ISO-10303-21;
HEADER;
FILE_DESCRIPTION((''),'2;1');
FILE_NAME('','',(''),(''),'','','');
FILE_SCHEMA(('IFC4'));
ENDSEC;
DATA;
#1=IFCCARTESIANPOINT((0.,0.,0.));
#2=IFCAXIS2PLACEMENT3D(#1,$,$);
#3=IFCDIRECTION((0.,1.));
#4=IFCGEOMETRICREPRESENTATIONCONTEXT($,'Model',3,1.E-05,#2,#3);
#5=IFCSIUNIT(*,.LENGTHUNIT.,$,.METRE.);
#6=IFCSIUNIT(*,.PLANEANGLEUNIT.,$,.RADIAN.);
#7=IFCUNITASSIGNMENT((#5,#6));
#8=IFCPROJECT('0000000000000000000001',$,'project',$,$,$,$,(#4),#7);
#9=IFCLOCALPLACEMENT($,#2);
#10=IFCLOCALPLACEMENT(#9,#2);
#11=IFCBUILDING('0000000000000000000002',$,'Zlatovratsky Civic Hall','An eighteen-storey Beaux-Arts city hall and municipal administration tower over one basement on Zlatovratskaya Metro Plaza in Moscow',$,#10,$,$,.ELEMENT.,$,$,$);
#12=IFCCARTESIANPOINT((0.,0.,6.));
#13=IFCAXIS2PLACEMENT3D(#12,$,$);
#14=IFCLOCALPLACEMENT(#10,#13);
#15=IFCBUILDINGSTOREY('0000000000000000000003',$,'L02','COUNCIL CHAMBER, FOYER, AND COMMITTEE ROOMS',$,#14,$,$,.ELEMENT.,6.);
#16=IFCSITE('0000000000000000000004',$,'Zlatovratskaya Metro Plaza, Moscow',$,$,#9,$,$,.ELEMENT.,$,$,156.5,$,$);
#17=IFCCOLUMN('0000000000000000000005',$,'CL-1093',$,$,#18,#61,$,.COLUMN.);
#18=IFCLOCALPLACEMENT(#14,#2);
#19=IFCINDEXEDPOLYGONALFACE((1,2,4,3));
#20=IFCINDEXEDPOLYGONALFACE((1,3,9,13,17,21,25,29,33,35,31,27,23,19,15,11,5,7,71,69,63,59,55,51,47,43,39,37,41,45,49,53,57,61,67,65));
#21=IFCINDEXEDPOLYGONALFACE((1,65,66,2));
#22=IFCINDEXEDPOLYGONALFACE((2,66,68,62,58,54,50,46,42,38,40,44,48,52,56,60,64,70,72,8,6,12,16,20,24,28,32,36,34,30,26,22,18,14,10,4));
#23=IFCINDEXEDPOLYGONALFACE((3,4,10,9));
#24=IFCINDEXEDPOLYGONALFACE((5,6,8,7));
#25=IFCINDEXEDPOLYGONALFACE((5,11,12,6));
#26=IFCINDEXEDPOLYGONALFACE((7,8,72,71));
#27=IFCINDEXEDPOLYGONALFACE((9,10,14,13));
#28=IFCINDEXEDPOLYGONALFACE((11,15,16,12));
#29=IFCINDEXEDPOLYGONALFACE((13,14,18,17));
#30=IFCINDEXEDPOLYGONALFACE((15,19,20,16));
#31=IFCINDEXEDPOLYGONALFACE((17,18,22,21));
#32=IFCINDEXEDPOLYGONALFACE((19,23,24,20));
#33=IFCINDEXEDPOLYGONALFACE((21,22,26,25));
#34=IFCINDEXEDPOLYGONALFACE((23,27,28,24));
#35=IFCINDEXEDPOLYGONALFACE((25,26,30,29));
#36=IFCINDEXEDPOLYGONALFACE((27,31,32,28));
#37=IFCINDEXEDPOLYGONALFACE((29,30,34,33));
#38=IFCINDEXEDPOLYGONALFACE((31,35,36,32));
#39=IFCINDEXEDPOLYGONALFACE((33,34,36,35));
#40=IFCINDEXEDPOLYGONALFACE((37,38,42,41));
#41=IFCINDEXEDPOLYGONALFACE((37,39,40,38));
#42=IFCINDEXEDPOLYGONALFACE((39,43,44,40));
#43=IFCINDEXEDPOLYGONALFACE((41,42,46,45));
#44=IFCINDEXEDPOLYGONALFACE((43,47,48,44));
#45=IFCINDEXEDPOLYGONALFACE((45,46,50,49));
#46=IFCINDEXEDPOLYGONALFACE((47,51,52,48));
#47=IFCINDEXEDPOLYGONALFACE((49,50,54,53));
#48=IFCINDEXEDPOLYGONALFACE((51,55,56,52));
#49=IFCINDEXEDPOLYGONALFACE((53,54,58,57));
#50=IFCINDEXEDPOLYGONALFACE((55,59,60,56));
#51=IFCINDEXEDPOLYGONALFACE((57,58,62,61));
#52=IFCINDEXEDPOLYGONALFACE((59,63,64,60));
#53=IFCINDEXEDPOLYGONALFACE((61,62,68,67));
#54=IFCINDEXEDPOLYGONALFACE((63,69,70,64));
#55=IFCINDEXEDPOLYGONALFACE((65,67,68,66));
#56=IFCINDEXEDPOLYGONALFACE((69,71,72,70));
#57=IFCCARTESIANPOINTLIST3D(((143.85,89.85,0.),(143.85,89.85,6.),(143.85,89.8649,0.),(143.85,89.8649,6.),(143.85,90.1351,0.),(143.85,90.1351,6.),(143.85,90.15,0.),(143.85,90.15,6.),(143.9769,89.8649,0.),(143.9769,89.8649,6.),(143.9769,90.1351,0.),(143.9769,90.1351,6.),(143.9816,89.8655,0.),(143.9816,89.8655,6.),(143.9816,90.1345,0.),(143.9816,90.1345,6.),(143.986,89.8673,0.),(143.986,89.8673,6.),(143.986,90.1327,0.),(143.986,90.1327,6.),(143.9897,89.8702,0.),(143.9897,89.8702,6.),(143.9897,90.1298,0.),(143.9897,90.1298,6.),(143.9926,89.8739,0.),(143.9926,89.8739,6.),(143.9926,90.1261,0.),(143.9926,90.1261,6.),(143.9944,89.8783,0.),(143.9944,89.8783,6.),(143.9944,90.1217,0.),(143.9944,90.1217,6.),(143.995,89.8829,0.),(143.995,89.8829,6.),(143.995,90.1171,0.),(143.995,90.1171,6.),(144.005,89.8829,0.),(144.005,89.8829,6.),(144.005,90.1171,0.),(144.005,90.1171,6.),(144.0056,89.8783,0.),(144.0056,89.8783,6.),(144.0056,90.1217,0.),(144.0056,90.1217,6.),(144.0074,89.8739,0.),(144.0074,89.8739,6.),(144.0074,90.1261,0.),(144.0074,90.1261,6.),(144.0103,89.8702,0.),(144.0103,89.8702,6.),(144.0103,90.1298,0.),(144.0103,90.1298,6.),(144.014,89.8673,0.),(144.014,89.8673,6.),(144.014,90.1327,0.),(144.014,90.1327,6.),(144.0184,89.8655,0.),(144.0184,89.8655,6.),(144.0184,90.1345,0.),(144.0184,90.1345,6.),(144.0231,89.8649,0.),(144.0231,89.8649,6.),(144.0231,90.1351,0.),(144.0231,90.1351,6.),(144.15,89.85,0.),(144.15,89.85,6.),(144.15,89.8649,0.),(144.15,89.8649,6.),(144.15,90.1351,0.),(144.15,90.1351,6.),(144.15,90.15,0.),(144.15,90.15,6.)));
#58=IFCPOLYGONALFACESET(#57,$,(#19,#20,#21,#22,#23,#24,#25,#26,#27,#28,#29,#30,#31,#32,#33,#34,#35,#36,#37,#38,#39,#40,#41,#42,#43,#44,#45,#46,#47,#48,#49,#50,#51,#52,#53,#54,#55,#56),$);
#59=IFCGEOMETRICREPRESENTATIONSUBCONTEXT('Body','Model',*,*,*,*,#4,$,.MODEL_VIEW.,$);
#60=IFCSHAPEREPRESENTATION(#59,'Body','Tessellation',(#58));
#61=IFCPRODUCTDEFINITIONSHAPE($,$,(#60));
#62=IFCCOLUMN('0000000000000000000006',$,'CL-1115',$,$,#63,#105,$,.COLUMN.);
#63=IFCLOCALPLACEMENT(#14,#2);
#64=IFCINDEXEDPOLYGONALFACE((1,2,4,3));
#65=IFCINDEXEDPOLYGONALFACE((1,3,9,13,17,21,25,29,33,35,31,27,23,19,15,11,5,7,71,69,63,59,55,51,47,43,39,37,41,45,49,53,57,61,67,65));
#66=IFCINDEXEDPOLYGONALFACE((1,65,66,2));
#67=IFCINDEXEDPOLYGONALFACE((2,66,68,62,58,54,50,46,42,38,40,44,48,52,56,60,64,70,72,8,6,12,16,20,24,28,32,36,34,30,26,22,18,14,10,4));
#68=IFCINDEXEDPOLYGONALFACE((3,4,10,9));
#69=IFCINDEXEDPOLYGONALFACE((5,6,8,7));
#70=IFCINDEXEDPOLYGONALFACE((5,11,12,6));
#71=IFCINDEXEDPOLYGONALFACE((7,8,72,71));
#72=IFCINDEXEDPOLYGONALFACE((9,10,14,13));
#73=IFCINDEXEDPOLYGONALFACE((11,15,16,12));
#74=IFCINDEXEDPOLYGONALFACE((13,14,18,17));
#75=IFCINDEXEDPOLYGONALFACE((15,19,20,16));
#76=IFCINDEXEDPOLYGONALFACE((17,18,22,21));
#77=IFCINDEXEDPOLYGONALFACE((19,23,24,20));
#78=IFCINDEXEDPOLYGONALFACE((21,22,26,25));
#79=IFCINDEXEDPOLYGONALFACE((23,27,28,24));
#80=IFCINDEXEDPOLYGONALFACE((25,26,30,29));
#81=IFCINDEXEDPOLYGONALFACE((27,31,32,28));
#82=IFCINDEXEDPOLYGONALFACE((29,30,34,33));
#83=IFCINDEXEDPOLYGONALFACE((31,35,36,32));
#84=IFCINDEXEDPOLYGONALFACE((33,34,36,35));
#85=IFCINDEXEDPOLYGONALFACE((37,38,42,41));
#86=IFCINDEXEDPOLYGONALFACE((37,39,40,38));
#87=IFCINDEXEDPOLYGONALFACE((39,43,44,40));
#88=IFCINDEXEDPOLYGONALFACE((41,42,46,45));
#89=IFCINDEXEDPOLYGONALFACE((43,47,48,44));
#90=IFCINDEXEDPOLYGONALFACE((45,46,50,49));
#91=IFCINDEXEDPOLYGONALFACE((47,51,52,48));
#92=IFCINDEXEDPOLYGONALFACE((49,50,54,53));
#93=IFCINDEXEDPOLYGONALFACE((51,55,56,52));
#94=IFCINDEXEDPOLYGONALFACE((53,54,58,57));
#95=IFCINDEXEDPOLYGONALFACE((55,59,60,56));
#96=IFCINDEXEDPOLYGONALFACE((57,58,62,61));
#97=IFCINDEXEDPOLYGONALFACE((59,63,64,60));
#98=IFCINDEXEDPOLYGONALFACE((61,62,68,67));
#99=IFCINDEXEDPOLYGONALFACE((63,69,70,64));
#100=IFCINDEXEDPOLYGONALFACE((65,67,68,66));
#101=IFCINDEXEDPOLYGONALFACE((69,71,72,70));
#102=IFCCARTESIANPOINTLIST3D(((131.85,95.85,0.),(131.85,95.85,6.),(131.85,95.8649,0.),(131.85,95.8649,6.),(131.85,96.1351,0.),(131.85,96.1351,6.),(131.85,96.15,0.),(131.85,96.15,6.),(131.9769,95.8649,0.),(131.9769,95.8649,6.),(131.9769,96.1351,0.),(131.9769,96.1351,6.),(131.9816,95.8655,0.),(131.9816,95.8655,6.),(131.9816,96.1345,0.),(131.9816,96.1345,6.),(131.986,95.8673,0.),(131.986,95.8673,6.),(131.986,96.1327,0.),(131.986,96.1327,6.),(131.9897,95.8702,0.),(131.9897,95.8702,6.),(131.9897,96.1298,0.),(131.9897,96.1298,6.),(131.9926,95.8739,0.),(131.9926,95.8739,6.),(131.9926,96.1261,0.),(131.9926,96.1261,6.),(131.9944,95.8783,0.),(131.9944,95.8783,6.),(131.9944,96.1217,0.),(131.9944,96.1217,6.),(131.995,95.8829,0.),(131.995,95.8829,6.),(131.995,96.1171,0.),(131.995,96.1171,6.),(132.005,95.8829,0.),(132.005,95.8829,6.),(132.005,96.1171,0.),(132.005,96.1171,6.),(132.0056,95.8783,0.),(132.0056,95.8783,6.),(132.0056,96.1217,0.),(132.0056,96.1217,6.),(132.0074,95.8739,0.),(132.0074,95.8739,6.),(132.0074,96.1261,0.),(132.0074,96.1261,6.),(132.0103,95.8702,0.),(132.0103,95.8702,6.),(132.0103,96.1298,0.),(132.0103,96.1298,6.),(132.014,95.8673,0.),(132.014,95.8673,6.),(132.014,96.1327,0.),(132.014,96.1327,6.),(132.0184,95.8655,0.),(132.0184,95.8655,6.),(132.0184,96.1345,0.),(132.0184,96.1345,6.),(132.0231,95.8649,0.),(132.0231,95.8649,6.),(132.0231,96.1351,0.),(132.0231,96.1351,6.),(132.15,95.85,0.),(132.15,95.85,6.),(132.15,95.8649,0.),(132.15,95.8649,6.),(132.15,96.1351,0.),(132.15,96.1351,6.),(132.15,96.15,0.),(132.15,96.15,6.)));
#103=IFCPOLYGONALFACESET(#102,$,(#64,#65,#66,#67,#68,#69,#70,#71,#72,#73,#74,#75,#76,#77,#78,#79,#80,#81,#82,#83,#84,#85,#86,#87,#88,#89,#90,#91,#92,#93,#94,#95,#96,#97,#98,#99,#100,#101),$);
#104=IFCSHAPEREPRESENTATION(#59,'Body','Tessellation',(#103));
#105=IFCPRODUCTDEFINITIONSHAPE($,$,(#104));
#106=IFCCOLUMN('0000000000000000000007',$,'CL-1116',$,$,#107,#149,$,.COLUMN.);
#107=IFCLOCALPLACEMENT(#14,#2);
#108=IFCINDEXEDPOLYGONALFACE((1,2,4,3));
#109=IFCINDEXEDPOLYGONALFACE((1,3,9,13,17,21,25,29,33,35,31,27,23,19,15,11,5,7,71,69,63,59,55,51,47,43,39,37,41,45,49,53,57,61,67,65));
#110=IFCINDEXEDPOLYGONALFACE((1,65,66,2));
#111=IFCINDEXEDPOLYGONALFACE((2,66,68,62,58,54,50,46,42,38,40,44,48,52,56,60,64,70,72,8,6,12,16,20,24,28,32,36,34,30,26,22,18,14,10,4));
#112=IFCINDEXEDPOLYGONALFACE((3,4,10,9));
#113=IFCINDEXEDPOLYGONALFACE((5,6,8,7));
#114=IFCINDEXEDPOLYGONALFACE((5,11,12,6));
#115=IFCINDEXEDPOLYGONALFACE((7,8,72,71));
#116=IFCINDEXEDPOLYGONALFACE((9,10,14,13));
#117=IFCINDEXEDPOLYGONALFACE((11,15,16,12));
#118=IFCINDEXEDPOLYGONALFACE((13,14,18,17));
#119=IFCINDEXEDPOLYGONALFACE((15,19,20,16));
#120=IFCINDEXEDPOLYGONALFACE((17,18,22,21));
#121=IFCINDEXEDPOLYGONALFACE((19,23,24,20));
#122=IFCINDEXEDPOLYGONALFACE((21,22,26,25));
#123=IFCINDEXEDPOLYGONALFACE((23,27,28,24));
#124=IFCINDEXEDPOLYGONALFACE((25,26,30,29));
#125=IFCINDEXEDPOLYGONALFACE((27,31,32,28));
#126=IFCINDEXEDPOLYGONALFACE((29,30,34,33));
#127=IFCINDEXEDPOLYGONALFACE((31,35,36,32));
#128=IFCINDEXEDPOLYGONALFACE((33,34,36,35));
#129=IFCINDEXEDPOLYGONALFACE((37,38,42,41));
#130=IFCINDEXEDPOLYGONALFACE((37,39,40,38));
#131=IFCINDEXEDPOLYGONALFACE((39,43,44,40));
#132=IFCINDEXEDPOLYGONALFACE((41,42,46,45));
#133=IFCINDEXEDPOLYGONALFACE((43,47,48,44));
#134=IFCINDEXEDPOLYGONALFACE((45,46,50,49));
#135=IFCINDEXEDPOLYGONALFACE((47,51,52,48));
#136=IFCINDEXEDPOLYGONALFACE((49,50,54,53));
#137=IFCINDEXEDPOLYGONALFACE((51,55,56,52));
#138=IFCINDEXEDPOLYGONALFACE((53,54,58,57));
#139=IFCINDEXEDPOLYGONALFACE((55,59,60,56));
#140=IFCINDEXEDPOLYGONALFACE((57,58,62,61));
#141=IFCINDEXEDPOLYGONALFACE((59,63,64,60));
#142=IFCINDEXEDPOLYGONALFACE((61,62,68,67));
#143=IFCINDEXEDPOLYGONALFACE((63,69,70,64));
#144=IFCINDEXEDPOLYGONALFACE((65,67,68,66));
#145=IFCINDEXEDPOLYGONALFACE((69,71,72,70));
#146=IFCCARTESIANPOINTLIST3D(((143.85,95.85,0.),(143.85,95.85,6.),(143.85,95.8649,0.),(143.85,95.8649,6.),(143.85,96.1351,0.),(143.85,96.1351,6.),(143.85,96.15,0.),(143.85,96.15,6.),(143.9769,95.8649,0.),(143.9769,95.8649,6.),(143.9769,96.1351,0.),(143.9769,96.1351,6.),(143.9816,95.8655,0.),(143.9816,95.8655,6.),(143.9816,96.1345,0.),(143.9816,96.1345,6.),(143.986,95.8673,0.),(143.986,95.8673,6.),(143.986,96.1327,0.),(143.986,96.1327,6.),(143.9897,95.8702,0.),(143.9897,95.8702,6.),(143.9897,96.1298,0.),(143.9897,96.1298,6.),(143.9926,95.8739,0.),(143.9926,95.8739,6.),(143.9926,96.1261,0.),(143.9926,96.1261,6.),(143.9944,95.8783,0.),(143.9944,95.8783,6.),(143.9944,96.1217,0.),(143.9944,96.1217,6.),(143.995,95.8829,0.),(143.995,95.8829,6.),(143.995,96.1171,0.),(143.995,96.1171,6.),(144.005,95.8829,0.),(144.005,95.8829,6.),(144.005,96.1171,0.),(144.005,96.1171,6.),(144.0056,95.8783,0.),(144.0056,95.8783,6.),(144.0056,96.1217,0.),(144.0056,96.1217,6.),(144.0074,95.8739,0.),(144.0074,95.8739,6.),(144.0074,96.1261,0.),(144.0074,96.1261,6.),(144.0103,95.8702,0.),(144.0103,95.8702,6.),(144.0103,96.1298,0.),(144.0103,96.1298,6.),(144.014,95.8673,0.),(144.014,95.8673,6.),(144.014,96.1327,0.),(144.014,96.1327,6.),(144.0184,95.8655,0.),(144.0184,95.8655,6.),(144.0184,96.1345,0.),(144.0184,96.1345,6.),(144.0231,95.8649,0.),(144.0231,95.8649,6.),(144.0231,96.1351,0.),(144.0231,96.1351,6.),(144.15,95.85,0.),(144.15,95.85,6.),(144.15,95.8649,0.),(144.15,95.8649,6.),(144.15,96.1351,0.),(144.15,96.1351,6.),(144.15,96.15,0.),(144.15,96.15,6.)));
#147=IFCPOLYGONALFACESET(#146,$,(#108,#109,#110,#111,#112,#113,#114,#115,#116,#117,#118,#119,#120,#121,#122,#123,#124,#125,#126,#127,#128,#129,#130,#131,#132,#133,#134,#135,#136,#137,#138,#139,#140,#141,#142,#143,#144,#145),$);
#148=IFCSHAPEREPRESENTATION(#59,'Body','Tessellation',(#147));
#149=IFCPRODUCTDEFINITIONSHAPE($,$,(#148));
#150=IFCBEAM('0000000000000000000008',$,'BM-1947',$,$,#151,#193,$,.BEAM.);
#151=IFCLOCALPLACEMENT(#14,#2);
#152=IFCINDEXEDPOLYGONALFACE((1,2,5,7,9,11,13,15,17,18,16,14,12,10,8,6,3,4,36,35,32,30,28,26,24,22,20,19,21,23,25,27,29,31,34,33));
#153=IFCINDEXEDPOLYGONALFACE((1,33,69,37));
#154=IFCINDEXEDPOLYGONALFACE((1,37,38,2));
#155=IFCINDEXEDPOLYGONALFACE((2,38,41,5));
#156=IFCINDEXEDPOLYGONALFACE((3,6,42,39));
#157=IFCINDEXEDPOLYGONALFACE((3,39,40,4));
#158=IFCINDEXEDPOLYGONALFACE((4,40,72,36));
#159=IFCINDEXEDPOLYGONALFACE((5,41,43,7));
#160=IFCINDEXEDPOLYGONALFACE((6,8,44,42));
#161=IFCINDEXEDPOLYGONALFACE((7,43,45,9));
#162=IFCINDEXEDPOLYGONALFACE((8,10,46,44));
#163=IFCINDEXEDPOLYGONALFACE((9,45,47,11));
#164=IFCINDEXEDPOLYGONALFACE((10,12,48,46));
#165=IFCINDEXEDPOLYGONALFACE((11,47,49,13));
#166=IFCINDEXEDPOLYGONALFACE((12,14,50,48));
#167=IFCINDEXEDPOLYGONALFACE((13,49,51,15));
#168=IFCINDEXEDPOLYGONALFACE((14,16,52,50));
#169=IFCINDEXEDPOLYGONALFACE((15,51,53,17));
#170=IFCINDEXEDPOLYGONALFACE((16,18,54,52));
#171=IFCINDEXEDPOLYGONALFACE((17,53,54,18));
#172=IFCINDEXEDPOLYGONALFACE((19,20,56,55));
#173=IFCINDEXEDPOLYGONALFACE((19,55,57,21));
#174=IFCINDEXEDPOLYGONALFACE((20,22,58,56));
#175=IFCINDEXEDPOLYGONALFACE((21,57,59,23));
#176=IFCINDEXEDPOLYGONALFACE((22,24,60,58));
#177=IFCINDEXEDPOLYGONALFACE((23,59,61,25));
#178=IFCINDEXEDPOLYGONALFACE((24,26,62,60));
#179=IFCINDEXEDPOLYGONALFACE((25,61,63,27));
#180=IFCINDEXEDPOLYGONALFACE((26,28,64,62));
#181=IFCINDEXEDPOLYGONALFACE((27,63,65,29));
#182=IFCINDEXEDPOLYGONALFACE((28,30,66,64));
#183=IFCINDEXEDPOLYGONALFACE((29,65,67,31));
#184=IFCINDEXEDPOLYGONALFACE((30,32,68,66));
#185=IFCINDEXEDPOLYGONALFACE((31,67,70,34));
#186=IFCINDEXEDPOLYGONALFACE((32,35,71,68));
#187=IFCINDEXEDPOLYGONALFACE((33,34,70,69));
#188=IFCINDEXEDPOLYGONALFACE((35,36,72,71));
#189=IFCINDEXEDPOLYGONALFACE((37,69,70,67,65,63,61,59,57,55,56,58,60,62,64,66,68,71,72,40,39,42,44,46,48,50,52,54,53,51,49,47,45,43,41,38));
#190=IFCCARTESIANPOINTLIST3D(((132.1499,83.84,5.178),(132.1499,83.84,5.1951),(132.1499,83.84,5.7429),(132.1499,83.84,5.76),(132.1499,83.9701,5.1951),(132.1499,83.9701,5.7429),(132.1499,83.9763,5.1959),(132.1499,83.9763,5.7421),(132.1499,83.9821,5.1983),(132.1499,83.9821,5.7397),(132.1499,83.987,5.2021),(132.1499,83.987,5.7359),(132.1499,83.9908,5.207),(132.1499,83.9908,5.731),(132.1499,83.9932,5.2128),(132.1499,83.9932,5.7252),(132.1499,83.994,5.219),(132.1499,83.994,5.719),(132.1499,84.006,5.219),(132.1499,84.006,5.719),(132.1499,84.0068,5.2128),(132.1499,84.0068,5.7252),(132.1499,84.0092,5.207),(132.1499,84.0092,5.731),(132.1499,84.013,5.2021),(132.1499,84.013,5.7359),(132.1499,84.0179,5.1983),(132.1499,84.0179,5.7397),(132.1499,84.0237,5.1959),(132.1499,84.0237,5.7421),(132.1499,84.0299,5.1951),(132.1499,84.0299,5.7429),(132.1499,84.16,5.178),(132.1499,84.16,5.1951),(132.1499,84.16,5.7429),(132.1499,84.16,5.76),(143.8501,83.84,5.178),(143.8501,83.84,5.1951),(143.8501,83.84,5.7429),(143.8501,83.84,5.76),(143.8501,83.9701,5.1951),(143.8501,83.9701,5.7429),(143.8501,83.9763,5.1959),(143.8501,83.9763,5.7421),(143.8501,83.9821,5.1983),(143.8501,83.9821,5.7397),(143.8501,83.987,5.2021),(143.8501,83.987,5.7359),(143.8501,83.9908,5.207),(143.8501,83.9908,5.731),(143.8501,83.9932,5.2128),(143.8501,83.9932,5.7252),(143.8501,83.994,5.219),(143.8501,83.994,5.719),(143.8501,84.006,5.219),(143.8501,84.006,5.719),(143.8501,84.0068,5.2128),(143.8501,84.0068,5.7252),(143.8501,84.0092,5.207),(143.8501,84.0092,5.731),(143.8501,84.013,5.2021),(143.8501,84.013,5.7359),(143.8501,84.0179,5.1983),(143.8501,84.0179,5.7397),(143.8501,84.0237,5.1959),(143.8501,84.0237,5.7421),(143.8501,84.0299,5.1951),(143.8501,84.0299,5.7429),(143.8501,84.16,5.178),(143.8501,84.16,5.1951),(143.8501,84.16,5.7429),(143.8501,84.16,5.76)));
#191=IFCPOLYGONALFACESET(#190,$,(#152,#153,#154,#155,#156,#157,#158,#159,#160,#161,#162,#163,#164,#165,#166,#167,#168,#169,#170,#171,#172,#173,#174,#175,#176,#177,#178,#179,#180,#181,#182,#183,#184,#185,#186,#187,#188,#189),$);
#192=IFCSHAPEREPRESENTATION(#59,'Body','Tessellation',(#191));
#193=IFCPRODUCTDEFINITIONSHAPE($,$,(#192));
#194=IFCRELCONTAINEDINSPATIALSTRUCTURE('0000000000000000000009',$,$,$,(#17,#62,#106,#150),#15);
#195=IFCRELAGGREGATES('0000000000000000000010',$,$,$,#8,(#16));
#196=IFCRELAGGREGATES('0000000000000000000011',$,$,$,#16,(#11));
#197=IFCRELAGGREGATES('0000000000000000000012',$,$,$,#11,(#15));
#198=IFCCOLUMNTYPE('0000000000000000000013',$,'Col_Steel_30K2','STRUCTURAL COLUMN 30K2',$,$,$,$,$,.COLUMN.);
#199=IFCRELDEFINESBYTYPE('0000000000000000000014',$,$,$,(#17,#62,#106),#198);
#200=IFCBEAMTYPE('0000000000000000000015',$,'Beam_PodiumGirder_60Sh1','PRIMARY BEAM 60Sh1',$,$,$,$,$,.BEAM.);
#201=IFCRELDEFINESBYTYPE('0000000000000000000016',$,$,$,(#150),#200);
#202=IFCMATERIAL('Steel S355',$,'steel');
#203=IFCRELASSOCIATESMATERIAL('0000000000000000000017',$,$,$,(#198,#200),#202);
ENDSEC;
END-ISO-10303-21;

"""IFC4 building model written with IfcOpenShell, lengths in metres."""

from ifc_helpers import new_model, si_unit, direction, frame, origin, origin_2d, place, context, subcontext, project, spatial, i_section, extrude, material, material_profile, profile_set, type_object, element, save


model = new_model("IFC4")

# Units and contexts
model_context = context("Model", 3, precision=1e-05, world=origin(), true_north=direction((0.0, 1.0)))
body_context = subcontext(model_context, "Body", "Model", "MODEL_VIEW")
ifc_project = project(units=[si_unit("LENGTHUNIT", "METRE"), si_unit("PLANEANGLEUNIT", "RADIAN")], contexts=[model_context])

# Site, building, storey
site_placement = place(None, origin())
site = spatial("IfcSite", under=ifc_project, at=site_placement, Name="Zlatovratskaya Metro Plaza, Moscow", CompositionType="ELEMENT", RefElevation=156.5)
building_placement = place(site_placement, origin())
building = spatial("IfcBuilding", under=site, at=building_placement, Name="Zlatovratsky Civic Hall", Description="An eighteen-storey Beaux-Arts city hall and municipal administration tower over one basement on Zlatovratskaya Metro Plaza in Moscow", CompositionType="ELEMENT")
storey_placement = place(building_placement, frame((0.0, 0.0, 6.0)))
storey = spatial("IfcBuildingStorey", under=building, at=storey_placement, Name="L02", Description="COUNCIL CHAMBER, FOYER, AND COMMITTEE ROOMS", CompositionType="ELEMENT", Elevation=6.0)

# Columns
ifc_material_1 = material(Name="Steel S355", Category="steel")
ifc_material_profile_1 = material_profile(ifc_material_1, i_section(OverallWidth=0.3, OverallDepth=0.3, WebThickness=0.01, FlangeThickness=0.0149, FilletRadius=0.0181, at=origin_2d()), Name="30K2")
ifc_profile_set_1 = profile_set([ifc_material_profile_1], Name="Steel S355")
column_type_1 = type_object("IfcColumnType", Name="Col_Steel_30K2", Description="STRUCTURAL COLUMN 30K2", PredefinedType="COLUMN", material=ifc_profile_set_1)
for number, where, z_axis, x_axis, name in (
    (1, (144.0, 90.0, 0.0), (0.0, 0.0, 1.0), (1.0, 0.0, 0.0), "CL-1093"),
    (2, (132.0, 96.0, 0.0), (0.0, 0.0, 1.0), (1.0, 0.0, 0.0), "CL-1115"),
    (3, (144.0, 96.0, 0.0), (0.0, 0.0, 1.0), (1.0, 0.0, 0.0), "CL-1116"),
):
    element("IfcColumn", number, at=place(storey_placement, frame(where, z_axis=z_axis, x_axis=x_axis)), inside=storey, type_object=column_type_1, Name=name, PredefinedType="COLUMN", context=body_context, shape_type="SweptSolid", body=[
        extrude(i_section(OverallWidth=0.3, OverallDepth=0.3, WebThickness=0.01, FlangeThickness=0.0149, FilletRadius=0.0181, at=origin_2d()), origin(), (0.0, 0.0, 1.0), 6.0),
    ])

# Beam
ifc_material_profile_2 = material_profile(ifc_material_1, i_section(OverallWidth=0.3201, OverallDepth=0.582, WebThickness=0.012, FlangeThickness=0.0171, FilletRadius=0.0239, at=origin_2d()), Name="60Sh1")
ifc_profile_set_2 = profile_set([ifc_material_profile_2], Name="Steel S355")
beam_type_1 = type_object("IfcBeamType", Name="Beam_PodiumGirder_60Sh1", Description="PRIMARY BEAM 60Sh1", PredefinedType="BEAM", material=ifc_profile_set_2)
for number, where, z_axis, x_axis, name in (
    (4, (132.1499, 84.0, 5.469), (1.0, 0.0, 0.0), (0.0, 1.0, 0.0), "BM-1947"),
):
    element("IfcBeam", number, at=place(storey_placement, frame(where, z_axis=z_axis, x_axis=x_axis)), inside=storey, type_object=beam_type_1, Name=name, PredefinedType="BEAM", context=body_context, shape_type="SweptSolid", body=[
        extrude(i_section(OverallWidth=0.3201, OverallDepth=0.582, WebThickness=0.012, FlangeThickness=0.0171, FilletRadius=0.0239, at=origin_2d()), origin(), (0.0, 0.0, 1.0), 11.7002),
    ])

save(model, "model.ifc")
